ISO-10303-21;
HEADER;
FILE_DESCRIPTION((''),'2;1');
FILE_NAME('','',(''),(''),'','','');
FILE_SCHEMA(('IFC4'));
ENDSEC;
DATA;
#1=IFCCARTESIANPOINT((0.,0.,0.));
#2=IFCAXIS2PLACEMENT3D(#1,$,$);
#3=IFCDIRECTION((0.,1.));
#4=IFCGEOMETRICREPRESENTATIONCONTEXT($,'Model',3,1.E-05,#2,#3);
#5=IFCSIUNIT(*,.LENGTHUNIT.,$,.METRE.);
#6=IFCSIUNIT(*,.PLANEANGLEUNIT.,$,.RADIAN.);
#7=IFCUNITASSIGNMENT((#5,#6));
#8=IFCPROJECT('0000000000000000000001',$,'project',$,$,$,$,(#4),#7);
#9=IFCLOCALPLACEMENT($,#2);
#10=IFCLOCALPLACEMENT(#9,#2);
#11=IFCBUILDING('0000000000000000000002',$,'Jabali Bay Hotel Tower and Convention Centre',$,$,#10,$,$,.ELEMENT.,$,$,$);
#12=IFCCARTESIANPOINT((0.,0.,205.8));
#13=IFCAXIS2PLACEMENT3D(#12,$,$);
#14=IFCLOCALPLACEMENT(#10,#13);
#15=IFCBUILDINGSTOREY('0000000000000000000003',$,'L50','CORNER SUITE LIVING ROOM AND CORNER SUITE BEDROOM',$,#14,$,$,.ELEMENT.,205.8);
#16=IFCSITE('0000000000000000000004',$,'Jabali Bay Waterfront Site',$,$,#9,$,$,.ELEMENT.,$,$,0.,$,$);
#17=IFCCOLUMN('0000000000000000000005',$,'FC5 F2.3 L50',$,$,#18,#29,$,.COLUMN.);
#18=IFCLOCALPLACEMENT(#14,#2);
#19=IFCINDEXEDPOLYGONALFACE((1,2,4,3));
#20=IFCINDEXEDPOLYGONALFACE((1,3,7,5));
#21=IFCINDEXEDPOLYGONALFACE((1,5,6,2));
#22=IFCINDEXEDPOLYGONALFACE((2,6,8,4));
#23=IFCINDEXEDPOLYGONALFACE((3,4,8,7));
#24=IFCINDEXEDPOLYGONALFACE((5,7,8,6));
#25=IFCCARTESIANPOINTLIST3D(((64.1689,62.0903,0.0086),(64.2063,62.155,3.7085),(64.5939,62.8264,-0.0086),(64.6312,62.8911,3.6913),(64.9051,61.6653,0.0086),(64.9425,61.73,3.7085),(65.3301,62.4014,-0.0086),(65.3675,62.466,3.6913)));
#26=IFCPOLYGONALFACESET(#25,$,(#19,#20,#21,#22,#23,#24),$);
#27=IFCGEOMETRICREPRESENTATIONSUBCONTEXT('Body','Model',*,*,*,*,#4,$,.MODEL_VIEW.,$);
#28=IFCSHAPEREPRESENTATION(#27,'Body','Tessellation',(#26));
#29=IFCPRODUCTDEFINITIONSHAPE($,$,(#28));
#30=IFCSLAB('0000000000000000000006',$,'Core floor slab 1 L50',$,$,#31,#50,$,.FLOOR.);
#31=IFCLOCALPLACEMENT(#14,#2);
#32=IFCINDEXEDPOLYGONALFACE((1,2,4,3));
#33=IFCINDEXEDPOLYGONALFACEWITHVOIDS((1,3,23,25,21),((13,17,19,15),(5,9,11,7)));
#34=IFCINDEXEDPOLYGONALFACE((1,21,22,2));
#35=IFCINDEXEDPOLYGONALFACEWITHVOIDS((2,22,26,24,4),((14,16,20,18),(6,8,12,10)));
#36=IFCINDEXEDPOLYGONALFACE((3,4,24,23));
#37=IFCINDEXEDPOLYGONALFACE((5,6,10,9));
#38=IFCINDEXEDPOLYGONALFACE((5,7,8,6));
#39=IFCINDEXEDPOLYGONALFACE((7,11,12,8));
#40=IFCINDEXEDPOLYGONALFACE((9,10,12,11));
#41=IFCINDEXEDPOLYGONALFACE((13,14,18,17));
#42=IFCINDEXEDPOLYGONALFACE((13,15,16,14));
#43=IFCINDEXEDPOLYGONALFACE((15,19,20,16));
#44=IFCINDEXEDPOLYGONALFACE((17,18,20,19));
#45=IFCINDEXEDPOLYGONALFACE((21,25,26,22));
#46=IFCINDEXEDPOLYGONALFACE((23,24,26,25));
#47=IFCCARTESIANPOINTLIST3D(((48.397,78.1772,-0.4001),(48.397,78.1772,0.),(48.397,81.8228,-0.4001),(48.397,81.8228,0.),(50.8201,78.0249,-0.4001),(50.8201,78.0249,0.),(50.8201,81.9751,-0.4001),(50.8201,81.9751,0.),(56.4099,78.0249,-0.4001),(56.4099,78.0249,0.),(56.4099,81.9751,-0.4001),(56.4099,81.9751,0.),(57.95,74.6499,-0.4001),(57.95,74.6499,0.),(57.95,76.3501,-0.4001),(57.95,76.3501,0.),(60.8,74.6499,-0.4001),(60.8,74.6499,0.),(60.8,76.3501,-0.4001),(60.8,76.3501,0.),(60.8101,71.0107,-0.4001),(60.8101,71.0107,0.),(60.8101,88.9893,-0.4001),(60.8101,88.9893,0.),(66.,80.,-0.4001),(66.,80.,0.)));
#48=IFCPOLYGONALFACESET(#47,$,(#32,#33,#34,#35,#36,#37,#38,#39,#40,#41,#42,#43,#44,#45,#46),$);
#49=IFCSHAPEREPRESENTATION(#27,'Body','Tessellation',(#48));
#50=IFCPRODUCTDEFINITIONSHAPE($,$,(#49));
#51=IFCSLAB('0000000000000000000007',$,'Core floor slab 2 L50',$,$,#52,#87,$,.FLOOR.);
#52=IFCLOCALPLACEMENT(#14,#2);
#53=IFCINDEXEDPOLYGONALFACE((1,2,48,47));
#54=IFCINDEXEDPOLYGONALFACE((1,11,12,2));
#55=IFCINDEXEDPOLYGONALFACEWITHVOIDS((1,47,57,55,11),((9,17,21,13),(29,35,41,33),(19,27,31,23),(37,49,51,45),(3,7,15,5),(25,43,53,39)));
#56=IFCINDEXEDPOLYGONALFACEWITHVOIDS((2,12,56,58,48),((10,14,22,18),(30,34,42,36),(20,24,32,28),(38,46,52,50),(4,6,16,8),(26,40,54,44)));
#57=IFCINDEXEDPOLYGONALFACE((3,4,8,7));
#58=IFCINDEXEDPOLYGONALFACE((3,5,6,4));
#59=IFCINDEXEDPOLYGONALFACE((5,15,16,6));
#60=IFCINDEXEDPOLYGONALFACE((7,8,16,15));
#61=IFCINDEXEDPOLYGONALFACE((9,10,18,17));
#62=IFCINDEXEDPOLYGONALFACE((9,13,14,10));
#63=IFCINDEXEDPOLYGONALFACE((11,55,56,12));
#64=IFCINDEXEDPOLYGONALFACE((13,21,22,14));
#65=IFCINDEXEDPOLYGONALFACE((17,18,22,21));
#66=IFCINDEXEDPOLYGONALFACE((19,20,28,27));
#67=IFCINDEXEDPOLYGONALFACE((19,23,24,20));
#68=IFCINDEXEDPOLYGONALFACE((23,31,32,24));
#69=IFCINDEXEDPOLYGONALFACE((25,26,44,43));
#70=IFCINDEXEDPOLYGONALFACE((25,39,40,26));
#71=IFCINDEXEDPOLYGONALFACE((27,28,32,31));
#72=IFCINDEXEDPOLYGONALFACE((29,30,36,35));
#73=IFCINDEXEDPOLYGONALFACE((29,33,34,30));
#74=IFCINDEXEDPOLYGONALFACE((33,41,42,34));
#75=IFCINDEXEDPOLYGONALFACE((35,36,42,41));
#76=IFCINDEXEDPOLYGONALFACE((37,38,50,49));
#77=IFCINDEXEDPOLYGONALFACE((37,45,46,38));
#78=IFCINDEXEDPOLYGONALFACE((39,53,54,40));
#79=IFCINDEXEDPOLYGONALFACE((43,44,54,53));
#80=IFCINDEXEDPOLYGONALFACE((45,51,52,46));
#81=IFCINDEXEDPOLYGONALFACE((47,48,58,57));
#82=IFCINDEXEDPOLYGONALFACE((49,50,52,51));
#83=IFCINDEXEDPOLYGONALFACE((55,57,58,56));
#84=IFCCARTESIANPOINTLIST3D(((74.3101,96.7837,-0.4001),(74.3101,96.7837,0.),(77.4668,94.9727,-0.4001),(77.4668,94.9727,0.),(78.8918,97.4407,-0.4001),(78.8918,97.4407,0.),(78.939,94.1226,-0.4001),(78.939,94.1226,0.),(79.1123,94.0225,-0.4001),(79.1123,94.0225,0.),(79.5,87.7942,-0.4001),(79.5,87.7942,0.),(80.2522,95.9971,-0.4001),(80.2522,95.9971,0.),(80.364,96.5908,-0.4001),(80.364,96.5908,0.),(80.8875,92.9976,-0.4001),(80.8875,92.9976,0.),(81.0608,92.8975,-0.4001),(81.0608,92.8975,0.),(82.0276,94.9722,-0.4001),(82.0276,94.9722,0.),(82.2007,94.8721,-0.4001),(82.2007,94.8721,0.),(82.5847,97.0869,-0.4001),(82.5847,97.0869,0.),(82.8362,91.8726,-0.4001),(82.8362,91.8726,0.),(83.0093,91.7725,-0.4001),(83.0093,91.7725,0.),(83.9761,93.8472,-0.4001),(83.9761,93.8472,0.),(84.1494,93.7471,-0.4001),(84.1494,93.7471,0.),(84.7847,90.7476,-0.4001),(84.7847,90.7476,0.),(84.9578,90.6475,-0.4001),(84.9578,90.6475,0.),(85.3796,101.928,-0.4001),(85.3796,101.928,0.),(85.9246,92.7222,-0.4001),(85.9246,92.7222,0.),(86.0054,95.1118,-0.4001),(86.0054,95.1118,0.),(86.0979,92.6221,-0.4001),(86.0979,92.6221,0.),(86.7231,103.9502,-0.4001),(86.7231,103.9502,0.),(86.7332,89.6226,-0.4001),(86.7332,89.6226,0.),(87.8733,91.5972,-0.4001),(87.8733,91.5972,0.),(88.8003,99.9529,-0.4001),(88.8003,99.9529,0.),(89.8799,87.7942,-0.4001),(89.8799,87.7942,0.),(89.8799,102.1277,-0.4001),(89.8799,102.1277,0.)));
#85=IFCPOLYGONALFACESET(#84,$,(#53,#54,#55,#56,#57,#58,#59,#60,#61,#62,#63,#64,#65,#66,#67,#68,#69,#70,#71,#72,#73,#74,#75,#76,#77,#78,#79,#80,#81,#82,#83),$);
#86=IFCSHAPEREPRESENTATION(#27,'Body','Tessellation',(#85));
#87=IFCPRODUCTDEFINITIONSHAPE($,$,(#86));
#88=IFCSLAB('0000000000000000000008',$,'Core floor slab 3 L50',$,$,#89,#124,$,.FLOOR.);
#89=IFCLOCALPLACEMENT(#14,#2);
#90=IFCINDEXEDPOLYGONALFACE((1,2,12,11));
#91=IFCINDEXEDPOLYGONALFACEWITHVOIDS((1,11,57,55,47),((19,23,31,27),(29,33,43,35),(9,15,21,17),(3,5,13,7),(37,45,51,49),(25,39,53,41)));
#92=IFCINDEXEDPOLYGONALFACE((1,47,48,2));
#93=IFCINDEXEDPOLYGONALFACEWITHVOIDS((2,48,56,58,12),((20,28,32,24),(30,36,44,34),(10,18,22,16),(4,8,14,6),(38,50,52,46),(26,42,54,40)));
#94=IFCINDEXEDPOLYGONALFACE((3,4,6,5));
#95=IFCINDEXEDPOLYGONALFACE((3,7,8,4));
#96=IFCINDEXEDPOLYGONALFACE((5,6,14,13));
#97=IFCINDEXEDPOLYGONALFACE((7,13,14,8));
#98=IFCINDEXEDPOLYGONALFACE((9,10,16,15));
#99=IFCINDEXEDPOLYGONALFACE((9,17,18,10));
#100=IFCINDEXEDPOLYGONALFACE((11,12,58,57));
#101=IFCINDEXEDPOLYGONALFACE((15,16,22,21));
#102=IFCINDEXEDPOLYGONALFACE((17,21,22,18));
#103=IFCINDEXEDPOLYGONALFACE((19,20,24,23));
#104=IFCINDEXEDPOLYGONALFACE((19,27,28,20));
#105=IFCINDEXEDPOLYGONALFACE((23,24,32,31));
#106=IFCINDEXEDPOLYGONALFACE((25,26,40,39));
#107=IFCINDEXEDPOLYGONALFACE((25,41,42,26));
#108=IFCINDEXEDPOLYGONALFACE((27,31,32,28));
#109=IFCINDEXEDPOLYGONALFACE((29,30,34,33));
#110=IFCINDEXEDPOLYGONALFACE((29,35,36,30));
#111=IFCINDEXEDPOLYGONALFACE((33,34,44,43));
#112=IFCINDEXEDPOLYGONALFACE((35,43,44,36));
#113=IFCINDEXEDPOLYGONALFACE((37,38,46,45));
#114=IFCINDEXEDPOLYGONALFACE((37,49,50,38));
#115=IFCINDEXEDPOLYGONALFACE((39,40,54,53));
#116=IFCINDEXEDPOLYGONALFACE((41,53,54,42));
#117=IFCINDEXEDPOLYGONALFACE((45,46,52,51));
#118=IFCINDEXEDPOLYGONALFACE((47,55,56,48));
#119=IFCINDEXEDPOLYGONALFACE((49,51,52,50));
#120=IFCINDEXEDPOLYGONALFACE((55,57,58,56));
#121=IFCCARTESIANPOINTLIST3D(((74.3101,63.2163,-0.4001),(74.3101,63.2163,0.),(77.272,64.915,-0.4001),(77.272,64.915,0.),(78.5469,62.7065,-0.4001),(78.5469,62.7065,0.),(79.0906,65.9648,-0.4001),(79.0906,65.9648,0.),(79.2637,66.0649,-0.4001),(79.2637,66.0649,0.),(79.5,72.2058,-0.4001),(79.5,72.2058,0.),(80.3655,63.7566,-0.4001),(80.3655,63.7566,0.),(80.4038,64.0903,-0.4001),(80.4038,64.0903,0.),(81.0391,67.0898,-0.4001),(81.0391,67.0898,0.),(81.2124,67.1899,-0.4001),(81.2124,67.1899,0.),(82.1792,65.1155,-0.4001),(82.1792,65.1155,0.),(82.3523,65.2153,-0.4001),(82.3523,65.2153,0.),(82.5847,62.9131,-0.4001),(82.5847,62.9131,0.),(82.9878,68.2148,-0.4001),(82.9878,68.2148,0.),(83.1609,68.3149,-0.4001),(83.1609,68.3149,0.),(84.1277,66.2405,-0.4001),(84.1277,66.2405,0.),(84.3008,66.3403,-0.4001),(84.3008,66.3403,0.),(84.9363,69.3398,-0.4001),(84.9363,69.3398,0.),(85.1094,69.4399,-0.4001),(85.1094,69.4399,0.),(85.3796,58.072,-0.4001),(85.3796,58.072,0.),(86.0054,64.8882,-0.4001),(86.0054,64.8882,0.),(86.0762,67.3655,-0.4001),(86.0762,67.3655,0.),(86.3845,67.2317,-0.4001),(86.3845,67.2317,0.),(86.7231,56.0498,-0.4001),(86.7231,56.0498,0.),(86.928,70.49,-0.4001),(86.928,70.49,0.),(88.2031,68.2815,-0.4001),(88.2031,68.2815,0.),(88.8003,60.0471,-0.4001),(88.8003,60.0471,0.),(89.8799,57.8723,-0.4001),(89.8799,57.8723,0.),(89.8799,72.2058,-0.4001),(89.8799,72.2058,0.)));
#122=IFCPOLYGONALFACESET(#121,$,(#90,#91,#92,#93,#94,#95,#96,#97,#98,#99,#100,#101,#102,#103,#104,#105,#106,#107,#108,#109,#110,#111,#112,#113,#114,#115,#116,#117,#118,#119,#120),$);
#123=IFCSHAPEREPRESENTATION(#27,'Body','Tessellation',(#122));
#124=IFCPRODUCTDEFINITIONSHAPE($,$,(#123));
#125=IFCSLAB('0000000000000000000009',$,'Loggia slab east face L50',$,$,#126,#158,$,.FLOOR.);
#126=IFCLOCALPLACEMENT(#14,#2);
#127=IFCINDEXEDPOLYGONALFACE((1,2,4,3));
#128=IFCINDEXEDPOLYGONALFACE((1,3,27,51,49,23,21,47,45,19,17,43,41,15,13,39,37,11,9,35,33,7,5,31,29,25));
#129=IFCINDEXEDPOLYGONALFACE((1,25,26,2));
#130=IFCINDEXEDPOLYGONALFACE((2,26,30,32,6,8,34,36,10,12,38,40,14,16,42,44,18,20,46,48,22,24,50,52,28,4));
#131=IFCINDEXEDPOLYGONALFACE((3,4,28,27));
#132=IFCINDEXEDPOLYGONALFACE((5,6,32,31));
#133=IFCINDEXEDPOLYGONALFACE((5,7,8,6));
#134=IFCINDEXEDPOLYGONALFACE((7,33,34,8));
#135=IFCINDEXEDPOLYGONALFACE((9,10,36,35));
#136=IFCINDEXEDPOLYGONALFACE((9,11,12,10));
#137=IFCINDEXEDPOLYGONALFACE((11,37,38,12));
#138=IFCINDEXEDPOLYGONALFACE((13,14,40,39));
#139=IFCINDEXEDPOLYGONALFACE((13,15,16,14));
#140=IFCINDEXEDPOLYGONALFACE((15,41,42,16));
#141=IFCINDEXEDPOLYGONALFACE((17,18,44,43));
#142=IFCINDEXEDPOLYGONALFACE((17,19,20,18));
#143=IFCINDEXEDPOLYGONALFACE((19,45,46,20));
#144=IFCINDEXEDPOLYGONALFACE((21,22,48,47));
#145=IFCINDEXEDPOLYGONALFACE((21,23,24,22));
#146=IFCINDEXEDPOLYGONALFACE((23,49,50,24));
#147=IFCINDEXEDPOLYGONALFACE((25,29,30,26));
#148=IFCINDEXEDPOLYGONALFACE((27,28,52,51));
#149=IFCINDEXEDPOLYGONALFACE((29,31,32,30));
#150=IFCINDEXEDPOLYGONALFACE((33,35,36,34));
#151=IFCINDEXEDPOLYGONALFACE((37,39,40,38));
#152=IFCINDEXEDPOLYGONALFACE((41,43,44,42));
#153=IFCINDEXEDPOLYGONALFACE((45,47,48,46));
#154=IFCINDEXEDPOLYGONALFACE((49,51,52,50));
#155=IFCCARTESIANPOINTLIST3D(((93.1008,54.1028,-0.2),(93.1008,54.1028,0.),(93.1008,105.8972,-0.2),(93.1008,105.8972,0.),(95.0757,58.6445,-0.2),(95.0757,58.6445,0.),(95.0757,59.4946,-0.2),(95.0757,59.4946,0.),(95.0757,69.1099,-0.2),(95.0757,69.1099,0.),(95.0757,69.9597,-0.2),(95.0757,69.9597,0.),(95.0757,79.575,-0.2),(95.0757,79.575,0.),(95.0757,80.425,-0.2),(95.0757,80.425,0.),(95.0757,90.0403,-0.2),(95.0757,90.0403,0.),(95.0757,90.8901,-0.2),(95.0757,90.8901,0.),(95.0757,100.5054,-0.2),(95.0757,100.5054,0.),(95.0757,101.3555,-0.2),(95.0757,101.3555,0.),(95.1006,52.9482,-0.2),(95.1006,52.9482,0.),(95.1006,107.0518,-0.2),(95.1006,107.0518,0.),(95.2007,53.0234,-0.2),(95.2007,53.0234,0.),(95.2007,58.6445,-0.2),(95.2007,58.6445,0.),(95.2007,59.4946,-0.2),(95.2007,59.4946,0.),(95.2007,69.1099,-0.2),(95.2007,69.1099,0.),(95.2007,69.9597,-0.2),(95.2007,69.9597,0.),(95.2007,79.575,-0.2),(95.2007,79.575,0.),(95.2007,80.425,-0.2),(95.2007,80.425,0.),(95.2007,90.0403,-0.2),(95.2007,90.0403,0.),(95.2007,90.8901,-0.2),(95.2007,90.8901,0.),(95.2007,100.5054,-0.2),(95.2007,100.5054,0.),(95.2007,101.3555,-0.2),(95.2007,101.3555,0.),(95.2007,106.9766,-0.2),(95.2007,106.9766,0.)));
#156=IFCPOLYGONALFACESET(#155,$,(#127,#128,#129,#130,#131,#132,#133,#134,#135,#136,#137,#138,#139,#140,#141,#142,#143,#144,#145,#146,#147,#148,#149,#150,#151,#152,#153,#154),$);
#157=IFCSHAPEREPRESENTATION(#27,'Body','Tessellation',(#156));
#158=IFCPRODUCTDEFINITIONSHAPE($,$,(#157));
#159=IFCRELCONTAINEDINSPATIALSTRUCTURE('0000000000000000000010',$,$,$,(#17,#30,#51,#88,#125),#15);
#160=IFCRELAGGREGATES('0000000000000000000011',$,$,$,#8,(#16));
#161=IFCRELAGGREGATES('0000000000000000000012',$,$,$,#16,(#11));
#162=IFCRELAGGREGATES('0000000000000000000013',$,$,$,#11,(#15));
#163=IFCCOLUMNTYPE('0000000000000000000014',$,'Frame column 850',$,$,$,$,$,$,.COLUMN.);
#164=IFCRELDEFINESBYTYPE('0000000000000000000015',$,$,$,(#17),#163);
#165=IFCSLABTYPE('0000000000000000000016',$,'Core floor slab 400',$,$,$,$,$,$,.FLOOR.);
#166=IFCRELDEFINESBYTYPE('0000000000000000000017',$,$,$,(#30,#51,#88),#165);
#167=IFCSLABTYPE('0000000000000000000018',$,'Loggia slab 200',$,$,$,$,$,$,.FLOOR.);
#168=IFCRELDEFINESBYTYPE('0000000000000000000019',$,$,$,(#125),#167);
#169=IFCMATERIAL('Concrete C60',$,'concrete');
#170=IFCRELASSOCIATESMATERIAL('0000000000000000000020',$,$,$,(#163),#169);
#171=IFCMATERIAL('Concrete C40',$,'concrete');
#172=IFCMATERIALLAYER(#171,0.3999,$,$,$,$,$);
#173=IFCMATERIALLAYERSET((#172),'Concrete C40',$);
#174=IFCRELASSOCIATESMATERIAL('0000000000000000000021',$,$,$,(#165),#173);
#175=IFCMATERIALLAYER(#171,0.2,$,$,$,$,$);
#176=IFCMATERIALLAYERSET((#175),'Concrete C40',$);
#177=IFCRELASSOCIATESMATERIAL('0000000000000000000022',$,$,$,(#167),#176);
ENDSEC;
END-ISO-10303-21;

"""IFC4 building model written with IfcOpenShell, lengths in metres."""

from ifc_helpers import new_model, si_unit, direction, frame, origin, origin_2d, place, context, subcontext, project, spatial, polyline, rectangle, outline, extrude, material, layer, layer_set, material_profile, profile_set, type_object, element, save


model = new_model("IFC4")

# Units and contexts
model_context = context("Model", 3, precision=1e-05, world=origin(), true_north=direction((0.0, 1.0)))
body_context = subcontext(model_context, "Body", "Model", "MODEL_VIEW")
ifc_project = project(units=[si_unit("LENGTHUNIT", "METRE"), si_unit("PLANEANGLEUNIT", "RADIAN")], contexts=[model_context])

# Site, building, storey
site_placement = place(None, origin())
site = spatial("IfcSite", under=ifc_project, at=site_placement, Name="Jabali Bay Waterfront Site", CompositionType="ELEMENT", RefElevation=0.0)
building_placement = place(site_placement, origin())
building = spatial("IfcBuilding", under=site, at=building_placement, Name="Jabali Bay Hotel Tower and Convention Centre", CompositionType="ELEMENT")
storey_placement = place(building_placement, frame((0.0, 0.0, 205.8)))
storey = spatial("IfcBuildingStorey", under=building, at=storey_placement, Name="L50", Description="CORNER SUITE LIVING ROOM AND CORNER SUITE BEDROOM", CompositionType="ELEMENT", Elevation=205.8)

# Column
ifc_material_1 = material(Name="Concrete C60", Category="concrete")
ifc_material_profile = material_profile(ifc_material_1, rectangle(XDim=0.8501, YDim=0.8501, at=origin_2d()), Name="Frame column 850")
ifc_profile_set = profile_set([ifc_material_profile], Name="Concrete C60")
column_type = type_object("IfcColumnType", Name="Frame column 850", PredefinedType="COLUMN", material=ifc_profile_set)
column_placement = place(storey_placement, frame((64.7495, 62.2458, 0.0), z_axis=(0.010094, 0.017482, 0.999796), x_axis=(-0.866023, 0.500005, 0.0)))
element("IfcColumn", 1, at=column_placement, inside=storey, type_object=column_type, Name="FC5 F2.3 L50", PredefinedType="COLUMN", context=body_context, shape_type="SweptSolid", body=[
    extrude(rectangle(XDim=0.8501, YDim=0.8501, at=origin_2d()), origin(), (0.0, 0.0, 1.0), 3.7007),
])

# Slabs
ifc_material_2 = material(Name="Concrete C40", Category="concrete")
ifc_layer_1 = layer(ifc_material_2, 0.3999)
ifc_layer_set_1 = layer_set([ifc_layer_1], Name="Concrete C40")
slab_type_1 = type_object("IfcSlabType", Name="Core floor slab 400", PredefinedType="FLOOR", material=ifc_layer_set_1)
slab_1_placement = place(storey_placement, frame((0.0, 0.0, -0.4001)))
element("IfcSlab", 2, at=slab_1_placement, inside=storey, type_object=slab_type_1, Name="Core floor slab 1 L50", PredefinedType="FLOOR", context=body_context, shape_type="SweptSolid", body=[
    extrude(outline(polyline([(66.0, 80.0), (60.8101, 88.9893), (48.397, 81.8228), (48.397, 78.1772), (60.8101, 71.0107), (66.0, 80.0)]), holes=[polyline([(60.8, 76.3501), (57.95, 76.3501), (57.95, 74.6499), (60.8, 74.6499), (60.8, 76.3501)]), polyline([(50.8201, 81.9751), (50.8201, 78.0249), (56.4099, 78.0249), (56.4099, 81.9751), (50.8201, 81.9751)])]), origin(), (0.0, 0.0, 1.0), 0.4001),
])
slab_2_placement = place(storey_placement, frame((0.0, 0.0, -0.4001)))
element("IfcSlab", 3, at=slab_2_placement, inside=storey, type_object=slab_type_1, Name="Core floor slab 2 L50", PredefinedType="FLOOR", context=body_context, shape_type="SweptSolid", body=[
    extrude(outline(polyline([(79.5, 87.7942), (89.8799, 87.7942), (89.8799, 102.1277), (86.7231, 103.9502), (74.3101, 96.7837), (79.5, 87.7942)]), holes=[polyline([(84.9578, 90.6475), (86.7332, 89.6226), (87.8733, 91.5972), (86.0979, 92.6221), (84.9578, 90.6475)]), polyline([(84.1494, 93.7471), (83.0093, 91.7725), (84.7847, 90.7476), (85.9246, 92.7222), (84.1494, 93.7471)]), polyline([(82.2007, 94.8721), (81.0608, 92.8975), (82.8362, 91.8726), (83.9761, 93.8472), (82.2007, 94.8721)]), polyline([(79.1123, 94.0225), (80.8875, 92.9976), (82.0276, 94.9722), (80.2522, 95.9971), (79.1123, 94.0225)]), polyline([(78.8918, 97.4407), (77.4668, 94.9727), (78.939, 94.1226), (80.364, 96.5908), (78.8918, 97.4407)]), polyline([(82.5847, 97.0869), (86.0054, 95.1118), (88.8003, 99.9529), (85.3796, 101.928), (82.5847, 97.0869)])]), origin(), (0.0, 0.0, 1.0), 0.4001),
])
slab_3_placement = place(storey_placement, frame((0.0, 0.0, -0.4001)))
element("IfcSlab", 4, at=slab_3_placement, inside=storey, type_object=slab_type_1, Name="Core floor slab 3 L50", PredefinedType="FLOOR", context=body_context, shape_type="SweptSolid", body=[
    extrude(outline(polyline([(79.5, 72.2058), (74.3101, 63.2163), (86.7231, 56.0498), (89.8799, 57.8723), (89.8799, 72.2058), (79.5, 72.2058)]), holes=[polyline([(82.5847, 62.9131), (85.3796, 58.072), (88.8003, 60.0471), (86.0054, 64.8882), (82.5847, 62.9131)]), polyline([(80.3655, 63.7566), (79.0906, 65.9648), (77.272, 64.915), (78.5469, 62.7065), (80.3655, 63.7566)]), polyline([(82.1792, 65.1155), (81.0391, 67.0898), (79.2637, 66.0649), (80.4038, 64.0903), (82.1792, 65.1155)]), polyline([(82.9878, 68.2148), (81.2124, 67.1899), (82.3523, 65.2153), (84.1277, 66.2405), (82.9878, 68.2148)]), polyline([(86.0762, 67.3655), (84.9363, 69.3398), (83.1609, 68.3149), (84.3008, 66.3403), (86.0762, 67.3655)]), polyline([(88.2031, 68.2815), (86.928, 70.49), (85.1094, 69.4399), (86.3845, 67.2317), (88.2031, 68.2815)])]), origin(), (0.0, 0.0, 1.0), 0.4001),
])
ifc_layer_2 = layer(ifc_material_2, 0.2)
ifc_layer_set_2 = layer_set([ifc_layer_2], Name="Concrete C40")
slab_type_2 = type_object("IfcSlabType", Name="Loggia slab 200", PredefinedType="FLOOR", material=ifc_layer_set_2)
slab_4_placement = place(storey_placement, frame((0.0, 0.0, -0.2)))
element("IfcSlab", 5, at=slab_4_placement, inside=storey, type_object=slab_type_2, Name="Loggia slab east face L50", PredefinedType="FLOOR", context=body_context, shape_type="SweptSolid", body=[
    extrude(outline(polyline([(93.1008, 105.8972), (95.1006, 107.0518), (95.2007, 106.9766), (95.2007, 101.3555), (95.0757, 101.3555), (95.0757, 100.5054), (95.2007, 100.5054), (95.2007, 90.8901), (95.0757, 90.8901), (95.0757, 90.0403), (95.2007, 90.0403), (95.2007, 80.425), (95.0757, 80.425), (95.0757, 79.575), (95.2007, 79.575), (95.2007, 69.9597), (95.0757, 69.9597), (95.0757, 69.1099), (95.2007, 69.1099), (95.2007, 59.4946), (95.0757, 59.4946), (95.0757, 58.6445), (95.2007, 58.6445), (95.2007, 53.0234), (95.1006, 52.9482), (93.1008, 54.1028), (93.1008, 105.8972)])), origin(), (0.0, 0.0, 1.0), 0.2),
])

save(model, "model.ifc")
